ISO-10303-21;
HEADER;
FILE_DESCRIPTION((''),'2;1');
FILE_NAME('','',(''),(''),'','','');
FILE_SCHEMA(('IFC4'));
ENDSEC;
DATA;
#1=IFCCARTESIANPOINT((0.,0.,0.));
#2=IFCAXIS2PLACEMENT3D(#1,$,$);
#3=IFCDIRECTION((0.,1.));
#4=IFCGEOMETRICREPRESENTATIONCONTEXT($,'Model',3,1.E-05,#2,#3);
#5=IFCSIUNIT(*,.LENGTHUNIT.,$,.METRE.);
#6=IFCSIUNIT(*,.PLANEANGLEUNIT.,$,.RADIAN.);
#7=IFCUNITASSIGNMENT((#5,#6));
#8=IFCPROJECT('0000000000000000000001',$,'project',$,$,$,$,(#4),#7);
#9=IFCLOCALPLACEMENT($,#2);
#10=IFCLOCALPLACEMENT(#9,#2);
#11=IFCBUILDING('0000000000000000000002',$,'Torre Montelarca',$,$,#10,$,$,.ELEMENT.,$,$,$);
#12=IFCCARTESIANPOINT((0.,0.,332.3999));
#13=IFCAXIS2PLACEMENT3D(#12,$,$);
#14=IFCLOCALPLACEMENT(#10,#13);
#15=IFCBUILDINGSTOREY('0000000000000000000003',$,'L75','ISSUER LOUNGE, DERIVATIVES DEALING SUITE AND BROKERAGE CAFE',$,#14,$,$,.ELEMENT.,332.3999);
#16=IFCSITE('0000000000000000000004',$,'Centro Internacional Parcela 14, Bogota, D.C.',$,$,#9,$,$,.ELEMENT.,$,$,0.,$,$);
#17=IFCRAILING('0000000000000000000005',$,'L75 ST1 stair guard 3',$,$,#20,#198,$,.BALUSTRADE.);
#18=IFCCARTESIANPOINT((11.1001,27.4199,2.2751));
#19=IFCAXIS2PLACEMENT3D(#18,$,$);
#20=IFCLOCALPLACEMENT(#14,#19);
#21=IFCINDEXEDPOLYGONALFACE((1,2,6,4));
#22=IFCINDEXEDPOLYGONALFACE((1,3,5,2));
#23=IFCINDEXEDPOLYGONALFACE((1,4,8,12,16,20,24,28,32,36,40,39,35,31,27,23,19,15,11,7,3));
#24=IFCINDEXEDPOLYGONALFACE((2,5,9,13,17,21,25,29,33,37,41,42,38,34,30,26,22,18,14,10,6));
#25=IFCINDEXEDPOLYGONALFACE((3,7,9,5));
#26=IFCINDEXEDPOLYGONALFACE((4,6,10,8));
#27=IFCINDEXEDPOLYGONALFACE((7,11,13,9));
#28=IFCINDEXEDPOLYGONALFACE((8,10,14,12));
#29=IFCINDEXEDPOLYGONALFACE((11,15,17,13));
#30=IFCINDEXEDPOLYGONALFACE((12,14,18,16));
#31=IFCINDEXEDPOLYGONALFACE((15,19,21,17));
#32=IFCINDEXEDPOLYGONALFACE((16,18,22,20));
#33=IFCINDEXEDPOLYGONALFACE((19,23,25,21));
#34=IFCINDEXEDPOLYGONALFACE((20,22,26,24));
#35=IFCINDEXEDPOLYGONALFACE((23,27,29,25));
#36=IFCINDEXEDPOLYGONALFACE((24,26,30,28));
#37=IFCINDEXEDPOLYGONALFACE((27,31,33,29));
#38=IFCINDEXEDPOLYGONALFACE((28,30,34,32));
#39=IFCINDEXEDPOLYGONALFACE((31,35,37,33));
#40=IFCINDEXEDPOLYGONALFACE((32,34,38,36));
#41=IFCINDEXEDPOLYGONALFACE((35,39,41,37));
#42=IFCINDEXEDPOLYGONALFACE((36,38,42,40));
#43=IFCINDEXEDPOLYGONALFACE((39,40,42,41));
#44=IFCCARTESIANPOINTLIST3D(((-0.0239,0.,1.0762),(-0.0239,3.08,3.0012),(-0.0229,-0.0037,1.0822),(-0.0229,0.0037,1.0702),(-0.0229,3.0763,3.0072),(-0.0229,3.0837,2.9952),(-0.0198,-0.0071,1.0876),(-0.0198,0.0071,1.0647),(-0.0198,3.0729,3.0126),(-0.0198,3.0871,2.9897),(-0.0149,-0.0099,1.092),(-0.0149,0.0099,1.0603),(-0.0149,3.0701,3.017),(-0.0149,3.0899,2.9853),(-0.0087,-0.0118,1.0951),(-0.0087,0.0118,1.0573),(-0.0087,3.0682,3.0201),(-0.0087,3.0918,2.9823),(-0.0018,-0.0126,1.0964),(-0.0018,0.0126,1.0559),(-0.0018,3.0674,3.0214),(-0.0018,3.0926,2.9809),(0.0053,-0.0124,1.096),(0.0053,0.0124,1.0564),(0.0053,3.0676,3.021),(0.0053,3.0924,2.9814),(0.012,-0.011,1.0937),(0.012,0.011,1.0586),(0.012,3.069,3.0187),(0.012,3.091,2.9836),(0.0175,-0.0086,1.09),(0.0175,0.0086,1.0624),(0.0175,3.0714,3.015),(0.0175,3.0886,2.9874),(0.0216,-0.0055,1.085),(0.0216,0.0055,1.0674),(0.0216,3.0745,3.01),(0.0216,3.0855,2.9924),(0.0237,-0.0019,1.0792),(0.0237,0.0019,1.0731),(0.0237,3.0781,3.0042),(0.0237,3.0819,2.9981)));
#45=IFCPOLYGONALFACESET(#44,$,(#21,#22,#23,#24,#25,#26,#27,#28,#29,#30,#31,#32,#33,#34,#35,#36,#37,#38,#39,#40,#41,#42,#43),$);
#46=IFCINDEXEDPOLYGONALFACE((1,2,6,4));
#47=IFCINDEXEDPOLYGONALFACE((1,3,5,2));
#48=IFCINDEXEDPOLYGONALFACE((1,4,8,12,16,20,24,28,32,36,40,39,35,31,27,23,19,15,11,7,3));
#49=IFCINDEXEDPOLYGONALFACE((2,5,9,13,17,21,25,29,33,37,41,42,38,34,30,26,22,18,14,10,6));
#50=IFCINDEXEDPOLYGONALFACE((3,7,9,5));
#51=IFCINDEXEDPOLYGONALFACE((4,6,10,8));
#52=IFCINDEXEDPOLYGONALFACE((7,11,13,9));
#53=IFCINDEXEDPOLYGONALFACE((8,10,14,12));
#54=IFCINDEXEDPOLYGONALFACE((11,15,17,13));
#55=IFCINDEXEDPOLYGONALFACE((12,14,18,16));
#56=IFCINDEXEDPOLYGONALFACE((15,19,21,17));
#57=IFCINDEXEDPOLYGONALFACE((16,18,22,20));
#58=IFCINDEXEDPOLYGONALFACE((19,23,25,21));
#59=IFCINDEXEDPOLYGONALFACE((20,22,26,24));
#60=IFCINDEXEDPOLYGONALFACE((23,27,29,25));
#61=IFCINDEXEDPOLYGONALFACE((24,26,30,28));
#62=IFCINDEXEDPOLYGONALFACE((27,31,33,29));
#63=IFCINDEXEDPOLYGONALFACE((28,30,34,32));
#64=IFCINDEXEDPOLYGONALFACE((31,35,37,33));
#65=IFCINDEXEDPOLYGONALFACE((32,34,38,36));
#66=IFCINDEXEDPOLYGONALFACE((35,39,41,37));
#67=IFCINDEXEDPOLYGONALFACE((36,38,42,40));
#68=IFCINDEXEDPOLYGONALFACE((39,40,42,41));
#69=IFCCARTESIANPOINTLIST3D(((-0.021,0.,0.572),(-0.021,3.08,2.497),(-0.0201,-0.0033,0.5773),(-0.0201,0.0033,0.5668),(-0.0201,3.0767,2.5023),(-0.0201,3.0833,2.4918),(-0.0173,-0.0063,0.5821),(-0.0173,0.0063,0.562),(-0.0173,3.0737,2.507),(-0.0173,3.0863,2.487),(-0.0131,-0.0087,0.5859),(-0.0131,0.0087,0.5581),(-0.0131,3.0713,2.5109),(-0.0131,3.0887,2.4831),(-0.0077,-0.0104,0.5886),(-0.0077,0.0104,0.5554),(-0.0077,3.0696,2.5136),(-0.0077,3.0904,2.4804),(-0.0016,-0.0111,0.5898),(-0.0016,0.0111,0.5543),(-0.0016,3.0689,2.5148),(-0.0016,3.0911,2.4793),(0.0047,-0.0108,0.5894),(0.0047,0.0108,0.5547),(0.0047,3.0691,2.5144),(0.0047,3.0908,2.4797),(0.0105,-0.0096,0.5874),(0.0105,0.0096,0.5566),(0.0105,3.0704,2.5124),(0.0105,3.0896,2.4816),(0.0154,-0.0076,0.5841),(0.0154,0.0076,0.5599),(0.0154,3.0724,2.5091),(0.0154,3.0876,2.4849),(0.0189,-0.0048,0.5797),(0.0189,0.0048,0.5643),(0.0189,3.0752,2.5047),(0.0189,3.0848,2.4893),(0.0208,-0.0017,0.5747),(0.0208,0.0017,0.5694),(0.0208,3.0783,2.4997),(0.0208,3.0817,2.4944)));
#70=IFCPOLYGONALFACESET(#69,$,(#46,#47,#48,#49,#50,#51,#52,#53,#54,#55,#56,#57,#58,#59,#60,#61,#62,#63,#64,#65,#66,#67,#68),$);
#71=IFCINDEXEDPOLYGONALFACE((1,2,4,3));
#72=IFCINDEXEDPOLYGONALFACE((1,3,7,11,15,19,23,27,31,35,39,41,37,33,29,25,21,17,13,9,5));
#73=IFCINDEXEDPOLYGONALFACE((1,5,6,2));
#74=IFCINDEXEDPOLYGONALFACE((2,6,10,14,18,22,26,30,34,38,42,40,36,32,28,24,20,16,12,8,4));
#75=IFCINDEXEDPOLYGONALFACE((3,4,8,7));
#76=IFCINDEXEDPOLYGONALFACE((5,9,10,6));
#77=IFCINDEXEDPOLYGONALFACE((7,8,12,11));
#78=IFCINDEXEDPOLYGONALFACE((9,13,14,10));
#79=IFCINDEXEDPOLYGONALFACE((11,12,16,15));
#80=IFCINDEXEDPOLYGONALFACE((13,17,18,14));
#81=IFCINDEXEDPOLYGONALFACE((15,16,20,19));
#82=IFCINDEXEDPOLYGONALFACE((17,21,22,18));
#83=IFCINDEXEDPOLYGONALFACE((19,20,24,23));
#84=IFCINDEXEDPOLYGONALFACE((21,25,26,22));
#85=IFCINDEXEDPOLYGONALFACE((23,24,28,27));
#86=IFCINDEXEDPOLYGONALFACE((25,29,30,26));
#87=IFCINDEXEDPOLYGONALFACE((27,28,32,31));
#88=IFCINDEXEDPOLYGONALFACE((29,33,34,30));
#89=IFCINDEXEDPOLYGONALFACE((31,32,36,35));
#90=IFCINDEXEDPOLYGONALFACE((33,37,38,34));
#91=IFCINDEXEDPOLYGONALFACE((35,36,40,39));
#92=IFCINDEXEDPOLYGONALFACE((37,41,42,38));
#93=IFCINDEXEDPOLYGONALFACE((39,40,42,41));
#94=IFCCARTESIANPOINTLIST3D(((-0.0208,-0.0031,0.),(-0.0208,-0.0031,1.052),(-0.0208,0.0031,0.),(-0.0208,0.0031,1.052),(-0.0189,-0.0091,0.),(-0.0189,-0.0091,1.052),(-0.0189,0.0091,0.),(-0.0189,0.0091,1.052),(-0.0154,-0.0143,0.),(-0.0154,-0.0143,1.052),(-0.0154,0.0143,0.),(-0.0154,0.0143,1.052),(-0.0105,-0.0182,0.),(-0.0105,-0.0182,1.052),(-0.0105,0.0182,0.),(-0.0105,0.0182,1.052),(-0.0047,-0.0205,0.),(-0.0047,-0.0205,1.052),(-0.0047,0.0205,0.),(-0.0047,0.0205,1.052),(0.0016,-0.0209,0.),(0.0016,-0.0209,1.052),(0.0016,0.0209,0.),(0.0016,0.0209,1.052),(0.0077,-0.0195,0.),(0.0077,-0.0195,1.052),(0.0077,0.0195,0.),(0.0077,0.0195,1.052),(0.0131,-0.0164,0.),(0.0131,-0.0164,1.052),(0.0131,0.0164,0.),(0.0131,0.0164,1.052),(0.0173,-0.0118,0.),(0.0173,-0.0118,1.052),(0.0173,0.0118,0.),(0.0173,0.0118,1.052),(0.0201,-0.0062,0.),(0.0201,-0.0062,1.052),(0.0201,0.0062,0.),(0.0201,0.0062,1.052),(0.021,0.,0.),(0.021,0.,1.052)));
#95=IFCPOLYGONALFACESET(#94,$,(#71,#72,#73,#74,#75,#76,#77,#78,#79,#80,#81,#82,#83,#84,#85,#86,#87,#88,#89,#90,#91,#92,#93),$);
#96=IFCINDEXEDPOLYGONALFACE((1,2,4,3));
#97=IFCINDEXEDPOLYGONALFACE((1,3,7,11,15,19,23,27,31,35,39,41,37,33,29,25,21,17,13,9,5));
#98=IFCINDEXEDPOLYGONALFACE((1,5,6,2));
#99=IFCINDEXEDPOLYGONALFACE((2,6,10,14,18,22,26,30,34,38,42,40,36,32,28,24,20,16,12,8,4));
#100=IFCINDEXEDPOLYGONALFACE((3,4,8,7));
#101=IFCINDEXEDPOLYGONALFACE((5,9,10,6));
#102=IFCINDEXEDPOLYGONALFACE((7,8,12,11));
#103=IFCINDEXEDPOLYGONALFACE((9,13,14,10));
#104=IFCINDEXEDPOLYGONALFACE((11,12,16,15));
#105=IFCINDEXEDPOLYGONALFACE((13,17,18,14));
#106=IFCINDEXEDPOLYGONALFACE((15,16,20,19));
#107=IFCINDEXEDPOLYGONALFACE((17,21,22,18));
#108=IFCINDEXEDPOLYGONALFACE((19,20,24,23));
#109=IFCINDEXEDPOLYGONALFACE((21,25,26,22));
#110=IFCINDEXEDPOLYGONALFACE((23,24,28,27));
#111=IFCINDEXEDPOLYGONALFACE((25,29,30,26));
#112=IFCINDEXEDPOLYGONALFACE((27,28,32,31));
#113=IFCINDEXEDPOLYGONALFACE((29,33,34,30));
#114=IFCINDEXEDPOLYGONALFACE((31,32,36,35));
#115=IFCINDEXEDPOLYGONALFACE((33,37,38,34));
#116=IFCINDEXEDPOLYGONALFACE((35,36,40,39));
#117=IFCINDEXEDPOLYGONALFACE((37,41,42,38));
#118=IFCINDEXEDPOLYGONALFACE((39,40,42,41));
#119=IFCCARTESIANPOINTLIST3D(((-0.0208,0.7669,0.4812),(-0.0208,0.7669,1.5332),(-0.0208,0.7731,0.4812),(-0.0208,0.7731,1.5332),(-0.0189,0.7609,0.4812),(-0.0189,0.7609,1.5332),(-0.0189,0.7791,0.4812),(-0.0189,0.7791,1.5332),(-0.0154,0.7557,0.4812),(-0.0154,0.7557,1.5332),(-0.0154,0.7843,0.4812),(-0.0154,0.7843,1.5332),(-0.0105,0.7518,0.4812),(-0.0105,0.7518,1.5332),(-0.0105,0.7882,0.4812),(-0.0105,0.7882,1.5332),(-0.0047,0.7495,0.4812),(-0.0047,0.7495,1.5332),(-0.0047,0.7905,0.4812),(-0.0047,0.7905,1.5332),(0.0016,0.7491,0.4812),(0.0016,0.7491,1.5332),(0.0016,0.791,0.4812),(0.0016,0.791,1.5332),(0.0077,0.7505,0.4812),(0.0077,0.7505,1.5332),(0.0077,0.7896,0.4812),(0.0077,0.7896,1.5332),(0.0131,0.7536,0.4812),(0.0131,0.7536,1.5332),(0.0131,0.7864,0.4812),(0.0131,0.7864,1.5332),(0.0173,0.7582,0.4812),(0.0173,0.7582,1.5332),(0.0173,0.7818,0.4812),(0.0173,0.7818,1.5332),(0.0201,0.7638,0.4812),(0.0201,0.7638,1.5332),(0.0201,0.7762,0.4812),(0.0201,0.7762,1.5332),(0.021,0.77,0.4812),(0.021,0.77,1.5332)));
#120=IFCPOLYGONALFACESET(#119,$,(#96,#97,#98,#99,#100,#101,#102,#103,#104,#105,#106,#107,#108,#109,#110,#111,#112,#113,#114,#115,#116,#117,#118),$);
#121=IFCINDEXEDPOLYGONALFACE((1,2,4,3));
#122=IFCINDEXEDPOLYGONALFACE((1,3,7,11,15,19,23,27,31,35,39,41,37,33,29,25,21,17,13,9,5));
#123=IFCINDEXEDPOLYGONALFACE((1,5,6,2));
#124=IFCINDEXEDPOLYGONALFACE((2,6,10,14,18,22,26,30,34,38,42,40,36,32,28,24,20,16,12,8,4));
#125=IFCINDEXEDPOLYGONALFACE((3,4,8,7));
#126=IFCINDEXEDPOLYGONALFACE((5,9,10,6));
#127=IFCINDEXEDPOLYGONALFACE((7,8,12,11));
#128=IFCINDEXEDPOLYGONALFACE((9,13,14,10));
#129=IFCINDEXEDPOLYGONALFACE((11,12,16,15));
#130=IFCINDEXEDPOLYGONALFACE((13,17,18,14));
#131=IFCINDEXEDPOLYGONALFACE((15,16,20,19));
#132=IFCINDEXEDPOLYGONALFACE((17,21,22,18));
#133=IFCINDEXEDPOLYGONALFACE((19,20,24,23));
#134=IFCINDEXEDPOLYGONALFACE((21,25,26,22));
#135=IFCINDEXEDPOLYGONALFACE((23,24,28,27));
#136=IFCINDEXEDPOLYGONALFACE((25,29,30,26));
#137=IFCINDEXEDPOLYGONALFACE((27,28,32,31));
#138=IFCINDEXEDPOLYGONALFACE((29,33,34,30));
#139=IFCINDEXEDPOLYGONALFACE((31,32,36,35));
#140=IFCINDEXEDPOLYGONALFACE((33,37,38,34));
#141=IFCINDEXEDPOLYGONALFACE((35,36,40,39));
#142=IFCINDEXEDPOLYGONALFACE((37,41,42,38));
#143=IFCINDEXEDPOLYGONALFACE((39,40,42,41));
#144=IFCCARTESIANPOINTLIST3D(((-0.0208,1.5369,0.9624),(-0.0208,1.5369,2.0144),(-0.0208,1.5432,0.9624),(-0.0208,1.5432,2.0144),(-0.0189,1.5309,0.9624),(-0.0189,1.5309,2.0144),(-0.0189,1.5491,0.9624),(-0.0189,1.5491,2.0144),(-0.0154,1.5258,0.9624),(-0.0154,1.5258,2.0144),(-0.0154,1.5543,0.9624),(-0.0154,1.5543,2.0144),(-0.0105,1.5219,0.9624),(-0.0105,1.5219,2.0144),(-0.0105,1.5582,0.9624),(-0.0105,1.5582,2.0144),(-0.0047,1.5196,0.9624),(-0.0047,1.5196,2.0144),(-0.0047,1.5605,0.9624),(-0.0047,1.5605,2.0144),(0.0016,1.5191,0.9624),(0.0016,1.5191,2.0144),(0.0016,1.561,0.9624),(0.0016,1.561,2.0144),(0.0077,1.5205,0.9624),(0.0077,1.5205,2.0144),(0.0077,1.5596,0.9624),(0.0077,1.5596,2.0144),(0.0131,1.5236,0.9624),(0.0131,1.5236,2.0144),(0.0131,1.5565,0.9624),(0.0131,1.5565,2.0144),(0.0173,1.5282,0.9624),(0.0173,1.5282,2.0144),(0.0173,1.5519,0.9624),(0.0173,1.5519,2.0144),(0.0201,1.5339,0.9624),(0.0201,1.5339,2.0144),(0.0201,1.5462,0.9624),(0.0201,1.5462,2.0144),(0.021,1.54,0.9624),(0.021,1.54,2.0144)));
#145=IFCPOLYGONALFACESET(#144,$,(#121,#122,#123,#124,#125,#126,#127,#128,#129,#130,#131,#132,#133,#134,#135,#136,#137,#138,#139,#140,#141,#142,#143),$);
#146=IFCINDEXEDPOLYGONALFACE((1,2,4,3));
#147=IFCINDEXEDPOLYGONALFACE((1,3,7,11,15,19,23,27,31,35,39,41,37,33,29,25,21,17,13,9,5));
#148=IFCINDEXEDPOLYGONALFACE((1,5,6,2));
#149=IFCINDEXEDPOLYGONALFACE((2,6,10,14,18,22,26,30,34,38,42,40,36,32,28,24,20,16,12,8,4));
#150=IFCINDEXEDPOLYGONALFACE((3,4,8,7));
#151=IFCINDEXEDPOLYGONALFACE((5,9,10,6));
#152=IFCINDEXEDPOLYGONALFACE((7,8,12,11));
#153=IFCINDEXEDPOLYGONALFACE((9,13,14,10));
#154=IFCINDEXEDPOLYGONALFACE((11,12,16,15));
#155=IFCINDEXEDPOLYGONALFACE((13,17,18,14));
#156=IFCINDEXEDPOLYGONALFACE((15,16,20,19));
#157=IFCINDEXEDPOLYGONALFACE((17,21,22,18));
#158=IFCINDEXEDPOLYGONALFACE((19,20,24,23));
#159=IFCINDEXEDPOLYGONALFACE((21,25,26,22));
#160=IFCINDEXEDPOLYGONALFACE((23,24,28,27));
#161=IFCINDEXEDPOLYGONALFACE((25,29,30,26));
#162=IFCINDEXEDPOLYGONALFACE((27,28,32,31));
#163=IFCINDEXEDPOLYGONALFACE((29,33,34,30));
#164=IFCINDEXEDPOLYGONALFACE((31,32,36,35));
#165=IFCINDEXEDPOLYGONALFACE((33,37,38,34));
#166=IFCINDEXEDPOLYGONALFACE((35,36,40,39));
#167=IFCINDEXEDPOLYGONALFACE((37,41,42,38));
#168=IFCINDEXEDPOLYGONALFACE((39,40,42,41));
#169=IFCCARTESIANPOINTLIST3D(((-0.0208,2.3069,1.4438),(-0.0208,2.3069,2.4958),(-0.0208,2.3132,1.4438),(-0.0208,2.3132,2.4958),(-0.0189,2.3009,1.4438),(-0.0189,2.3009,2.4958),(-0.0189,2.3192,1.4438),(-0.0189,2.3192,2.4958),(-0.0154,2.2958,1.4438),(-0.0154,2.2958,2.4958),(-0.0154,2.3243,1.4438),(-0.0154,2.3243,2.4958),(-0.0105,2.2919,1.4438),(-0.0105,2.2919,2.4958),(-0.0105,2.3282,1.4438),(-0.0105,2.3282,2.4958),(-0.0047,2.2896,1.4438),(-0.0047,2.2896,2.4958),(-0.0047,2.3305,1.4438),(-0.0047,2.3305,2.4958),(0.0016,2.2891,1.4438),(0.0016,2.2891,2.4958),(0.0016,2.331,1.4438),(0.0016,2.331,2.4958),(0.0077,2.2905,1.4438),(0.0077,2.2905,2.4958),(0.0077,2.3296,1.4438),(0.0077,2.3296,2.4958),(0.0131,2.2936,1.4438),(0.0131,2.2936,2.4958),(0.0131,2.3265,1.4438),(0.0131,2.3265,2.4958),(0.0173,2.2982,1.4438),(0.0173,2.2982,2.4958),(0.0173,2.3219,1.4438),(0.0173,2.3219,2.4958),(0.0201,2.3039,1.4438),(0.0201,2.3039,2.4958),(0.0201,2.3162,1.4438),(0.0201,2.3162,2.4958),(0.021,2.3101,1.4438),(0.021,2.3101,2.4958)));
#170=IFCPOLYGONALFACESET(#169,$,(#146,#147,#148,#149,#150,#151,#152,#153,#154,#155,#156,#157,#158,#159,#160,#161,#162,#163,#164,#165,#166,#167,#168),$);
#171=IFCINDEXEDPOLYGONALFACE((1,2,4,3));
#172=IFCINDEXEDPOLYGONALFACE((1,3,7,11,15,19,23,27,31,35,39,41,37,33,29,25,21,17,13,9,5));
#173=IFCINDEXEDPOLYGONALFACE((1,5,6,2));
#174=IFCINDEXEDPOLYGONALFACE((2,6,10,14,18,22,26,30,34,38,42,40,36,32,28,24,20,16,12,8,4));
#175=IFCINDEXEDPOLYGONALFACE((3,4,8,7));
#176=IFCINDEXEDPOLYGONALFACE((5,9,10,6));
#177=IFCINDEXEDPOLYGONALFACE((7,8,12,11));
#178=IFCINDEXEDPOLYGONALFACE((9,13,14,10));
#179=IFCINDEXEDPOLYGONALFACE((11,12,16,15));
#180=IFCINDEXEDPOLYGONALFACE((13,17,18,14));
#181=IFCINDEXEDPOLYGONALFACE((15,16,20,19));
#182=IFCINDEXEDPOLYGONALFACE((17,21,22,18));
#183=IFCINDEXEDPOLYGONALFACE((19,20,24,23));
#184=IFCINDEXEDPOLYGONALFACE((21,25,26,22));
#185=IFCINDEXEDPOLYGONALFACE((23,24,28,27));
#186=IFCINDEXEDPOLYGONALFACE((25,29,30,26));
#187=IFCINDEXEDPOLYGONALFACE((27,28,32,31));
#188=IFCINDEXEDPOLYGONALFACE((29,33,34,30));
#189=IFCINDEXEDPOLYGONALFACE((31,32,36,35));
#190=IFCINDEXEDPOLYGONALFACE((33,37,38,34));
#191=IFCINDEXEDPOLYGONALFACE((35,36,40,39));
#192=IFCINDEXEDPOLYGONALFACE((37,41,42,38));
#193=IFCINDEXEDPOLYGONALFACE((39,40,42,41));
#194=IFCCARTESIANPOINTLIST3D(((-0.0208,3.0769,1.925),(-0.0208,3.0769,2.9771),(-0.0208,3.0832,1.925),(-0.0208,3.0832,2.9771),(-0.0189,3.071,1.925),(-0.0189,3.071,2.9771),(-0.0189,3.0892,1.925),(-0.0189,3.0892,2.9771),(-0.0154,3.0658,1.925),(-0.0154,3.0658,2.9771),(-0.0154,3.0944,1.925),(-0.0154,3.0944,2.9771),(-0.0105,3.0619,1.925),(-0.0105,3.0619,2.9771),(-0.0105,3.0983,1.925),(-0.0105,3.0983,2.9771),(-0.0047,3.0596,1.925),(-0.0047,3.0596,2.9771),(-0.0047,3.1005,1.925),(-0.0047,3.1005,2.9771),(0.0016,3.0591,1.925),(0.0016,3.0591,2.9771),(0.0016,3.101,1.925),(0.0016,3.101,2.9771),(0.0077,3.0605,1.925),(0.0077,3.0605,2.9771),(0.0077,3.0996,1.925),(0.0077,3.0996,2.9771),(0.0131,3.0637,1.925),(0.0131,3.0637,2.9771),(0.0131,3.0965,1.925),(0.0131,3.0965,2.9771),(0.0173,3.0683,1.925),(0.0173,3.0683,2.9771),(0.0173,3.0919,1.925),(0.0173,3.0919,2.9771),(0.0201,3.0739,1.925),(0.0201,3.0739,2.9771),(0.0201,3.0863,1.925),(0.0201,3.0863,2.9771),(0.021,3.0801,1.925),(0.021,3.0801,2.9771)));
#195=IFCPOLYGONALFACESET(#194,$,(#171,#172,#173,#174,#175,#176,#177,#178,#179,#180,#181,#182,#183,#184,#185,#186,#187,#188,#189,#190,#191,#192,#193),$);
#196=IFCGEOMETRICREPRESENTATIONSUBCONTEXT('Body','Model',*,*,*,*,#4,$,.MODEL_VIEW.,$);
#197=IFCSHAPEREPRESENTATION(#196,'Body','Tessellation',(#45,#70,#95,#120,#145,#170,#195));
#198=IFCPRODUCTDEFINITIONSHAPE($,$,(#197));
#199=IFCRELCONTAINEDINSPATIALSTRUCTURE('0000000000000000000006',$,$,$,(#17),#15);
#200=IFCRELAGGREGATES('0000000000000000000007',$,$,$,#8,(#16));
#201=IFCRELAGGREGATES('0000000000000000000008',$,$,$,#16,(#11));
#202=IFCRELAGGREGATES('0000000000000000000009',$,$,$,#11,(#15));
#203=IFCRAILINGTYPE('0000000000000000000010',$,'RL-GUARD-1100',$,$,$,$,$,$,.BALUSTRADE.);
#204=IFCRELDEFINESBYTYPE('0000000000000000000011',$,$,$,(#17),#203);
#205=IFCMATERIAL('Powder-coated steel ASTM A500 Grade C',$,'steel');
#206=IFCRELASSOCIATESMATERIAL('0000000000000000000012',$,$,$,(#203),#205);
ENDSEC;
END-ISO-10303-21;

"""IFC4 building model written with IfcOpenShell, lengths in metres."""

from ifc_helpers import new_model, si_unit, direction, frame, origin, origin_2d, place, context, subcontext, project, spatial, circle, extrude, material, type_object, element, save


model = new_model("IFC4")

# Units and contexts
model_context = context("Model", 3, precision=1e-05, world=origin(), true_north=direction((0.0, 1.0)))
body_context = subcontext(model_context, "Body", "Model", "MODEL_VIEW")
ifc_project = project(units=[si_unit("LENGTHUNIT", "METRE"), si_unit("PLANEANGLEUNIT", "RADIAN")], contexts=[model_context])

# Site, building, storey
site_placement = place(None, origin())
site = spatial("IfcSite", under=ifc_project, at=site_placement, Name="Centro Internacional Parcela 14, Bogota, D.C.", CompositionType="ELEMENT", RefElevation=0.0)
building_placement = place(site_placement, origin())
building = spatial("IfcBuilding", under=site, at=building_placement, Name="Torre Montelarca", CompositionType="ELEMENT")
storey_placement = place(building_placement, frame((0.0, 0.0, 332.3999)))
storey = spatial("IfcBuildingStorey", under=building, at=storey_placement, Name="L75", Description="ISSUER LOUNGE, DERIVATIVES DEALING SUITE AND BROKERAGE CAFE", CompositionType="ELEMENT", Elevation=332.3999)

# Railing
ifc_material_1 = material(Name="Powder-coated steel ASTM A500 Grade C", Category="steel")
railing_type_1 = type_object("IfcRailingType", Name="RL-GUARD-1100", PredefinedType="BALUSTRADE", material=ifc_material_1)
railing_1_placement = place(storey_placement, frame((11.1001, 27.4199, 2.2751)))
element("IfcRailing", 1, at=railing_1_placement, inside=storey, type_object=railing_type_1, Name="L75 ST1 stair guard 3", PredefinedType="BALUSTRADE", context=body_context, shape_type="SweptSolid", body=[
    extrude(circle(Radius=0.0239, at=origin_2d()), frame((0.0, 0.0, 1.0762), z_axis=(0.0, 0.847998, 0.529999), x_axis=(-1.0, 0.0, 0.0)), (0.0, 0.0, 1.0), 3.6321),
    extrude(circle(Radius=0.021, at=origin_2d()), frame((0.0, 0.0, 0.572), z_axis=(0.0, 0.847998, 0.529999), x_axis=(-1.0, 0.0, 0.0)), (0.0, 0.0, 1.0), 3.6321),
    extrude(circle(Radius=0.021, at=origin_2d()), origin(), (0.0, 0.0, 1.0), 1.052),
    extrude(circle(Radius=0.021, at=origin_2d()), frame((0.0, 0.77, 0.4812)), (0.0, 0.0, 1.0), 1.052),
    extrude(circle(Radius=0.021, at=origin_2d()), frame((0.0, 1.54, 0.9624)), (0.0, 0.0, 1.0), 1.052),
    extrude(circle(Radius=0.021, at=origin_2d()), frame((0.0, 2.3101, 1.4438)), (0.0, 0.0, 1.0), 1.052),
    extrude(circle(Radius=0.021, at=origin_2d()), frame((0.0, 3.0801, 1.925)), (0.0, 0.0, 1.0), 1.052),
])

save(model, "model.ifc")
